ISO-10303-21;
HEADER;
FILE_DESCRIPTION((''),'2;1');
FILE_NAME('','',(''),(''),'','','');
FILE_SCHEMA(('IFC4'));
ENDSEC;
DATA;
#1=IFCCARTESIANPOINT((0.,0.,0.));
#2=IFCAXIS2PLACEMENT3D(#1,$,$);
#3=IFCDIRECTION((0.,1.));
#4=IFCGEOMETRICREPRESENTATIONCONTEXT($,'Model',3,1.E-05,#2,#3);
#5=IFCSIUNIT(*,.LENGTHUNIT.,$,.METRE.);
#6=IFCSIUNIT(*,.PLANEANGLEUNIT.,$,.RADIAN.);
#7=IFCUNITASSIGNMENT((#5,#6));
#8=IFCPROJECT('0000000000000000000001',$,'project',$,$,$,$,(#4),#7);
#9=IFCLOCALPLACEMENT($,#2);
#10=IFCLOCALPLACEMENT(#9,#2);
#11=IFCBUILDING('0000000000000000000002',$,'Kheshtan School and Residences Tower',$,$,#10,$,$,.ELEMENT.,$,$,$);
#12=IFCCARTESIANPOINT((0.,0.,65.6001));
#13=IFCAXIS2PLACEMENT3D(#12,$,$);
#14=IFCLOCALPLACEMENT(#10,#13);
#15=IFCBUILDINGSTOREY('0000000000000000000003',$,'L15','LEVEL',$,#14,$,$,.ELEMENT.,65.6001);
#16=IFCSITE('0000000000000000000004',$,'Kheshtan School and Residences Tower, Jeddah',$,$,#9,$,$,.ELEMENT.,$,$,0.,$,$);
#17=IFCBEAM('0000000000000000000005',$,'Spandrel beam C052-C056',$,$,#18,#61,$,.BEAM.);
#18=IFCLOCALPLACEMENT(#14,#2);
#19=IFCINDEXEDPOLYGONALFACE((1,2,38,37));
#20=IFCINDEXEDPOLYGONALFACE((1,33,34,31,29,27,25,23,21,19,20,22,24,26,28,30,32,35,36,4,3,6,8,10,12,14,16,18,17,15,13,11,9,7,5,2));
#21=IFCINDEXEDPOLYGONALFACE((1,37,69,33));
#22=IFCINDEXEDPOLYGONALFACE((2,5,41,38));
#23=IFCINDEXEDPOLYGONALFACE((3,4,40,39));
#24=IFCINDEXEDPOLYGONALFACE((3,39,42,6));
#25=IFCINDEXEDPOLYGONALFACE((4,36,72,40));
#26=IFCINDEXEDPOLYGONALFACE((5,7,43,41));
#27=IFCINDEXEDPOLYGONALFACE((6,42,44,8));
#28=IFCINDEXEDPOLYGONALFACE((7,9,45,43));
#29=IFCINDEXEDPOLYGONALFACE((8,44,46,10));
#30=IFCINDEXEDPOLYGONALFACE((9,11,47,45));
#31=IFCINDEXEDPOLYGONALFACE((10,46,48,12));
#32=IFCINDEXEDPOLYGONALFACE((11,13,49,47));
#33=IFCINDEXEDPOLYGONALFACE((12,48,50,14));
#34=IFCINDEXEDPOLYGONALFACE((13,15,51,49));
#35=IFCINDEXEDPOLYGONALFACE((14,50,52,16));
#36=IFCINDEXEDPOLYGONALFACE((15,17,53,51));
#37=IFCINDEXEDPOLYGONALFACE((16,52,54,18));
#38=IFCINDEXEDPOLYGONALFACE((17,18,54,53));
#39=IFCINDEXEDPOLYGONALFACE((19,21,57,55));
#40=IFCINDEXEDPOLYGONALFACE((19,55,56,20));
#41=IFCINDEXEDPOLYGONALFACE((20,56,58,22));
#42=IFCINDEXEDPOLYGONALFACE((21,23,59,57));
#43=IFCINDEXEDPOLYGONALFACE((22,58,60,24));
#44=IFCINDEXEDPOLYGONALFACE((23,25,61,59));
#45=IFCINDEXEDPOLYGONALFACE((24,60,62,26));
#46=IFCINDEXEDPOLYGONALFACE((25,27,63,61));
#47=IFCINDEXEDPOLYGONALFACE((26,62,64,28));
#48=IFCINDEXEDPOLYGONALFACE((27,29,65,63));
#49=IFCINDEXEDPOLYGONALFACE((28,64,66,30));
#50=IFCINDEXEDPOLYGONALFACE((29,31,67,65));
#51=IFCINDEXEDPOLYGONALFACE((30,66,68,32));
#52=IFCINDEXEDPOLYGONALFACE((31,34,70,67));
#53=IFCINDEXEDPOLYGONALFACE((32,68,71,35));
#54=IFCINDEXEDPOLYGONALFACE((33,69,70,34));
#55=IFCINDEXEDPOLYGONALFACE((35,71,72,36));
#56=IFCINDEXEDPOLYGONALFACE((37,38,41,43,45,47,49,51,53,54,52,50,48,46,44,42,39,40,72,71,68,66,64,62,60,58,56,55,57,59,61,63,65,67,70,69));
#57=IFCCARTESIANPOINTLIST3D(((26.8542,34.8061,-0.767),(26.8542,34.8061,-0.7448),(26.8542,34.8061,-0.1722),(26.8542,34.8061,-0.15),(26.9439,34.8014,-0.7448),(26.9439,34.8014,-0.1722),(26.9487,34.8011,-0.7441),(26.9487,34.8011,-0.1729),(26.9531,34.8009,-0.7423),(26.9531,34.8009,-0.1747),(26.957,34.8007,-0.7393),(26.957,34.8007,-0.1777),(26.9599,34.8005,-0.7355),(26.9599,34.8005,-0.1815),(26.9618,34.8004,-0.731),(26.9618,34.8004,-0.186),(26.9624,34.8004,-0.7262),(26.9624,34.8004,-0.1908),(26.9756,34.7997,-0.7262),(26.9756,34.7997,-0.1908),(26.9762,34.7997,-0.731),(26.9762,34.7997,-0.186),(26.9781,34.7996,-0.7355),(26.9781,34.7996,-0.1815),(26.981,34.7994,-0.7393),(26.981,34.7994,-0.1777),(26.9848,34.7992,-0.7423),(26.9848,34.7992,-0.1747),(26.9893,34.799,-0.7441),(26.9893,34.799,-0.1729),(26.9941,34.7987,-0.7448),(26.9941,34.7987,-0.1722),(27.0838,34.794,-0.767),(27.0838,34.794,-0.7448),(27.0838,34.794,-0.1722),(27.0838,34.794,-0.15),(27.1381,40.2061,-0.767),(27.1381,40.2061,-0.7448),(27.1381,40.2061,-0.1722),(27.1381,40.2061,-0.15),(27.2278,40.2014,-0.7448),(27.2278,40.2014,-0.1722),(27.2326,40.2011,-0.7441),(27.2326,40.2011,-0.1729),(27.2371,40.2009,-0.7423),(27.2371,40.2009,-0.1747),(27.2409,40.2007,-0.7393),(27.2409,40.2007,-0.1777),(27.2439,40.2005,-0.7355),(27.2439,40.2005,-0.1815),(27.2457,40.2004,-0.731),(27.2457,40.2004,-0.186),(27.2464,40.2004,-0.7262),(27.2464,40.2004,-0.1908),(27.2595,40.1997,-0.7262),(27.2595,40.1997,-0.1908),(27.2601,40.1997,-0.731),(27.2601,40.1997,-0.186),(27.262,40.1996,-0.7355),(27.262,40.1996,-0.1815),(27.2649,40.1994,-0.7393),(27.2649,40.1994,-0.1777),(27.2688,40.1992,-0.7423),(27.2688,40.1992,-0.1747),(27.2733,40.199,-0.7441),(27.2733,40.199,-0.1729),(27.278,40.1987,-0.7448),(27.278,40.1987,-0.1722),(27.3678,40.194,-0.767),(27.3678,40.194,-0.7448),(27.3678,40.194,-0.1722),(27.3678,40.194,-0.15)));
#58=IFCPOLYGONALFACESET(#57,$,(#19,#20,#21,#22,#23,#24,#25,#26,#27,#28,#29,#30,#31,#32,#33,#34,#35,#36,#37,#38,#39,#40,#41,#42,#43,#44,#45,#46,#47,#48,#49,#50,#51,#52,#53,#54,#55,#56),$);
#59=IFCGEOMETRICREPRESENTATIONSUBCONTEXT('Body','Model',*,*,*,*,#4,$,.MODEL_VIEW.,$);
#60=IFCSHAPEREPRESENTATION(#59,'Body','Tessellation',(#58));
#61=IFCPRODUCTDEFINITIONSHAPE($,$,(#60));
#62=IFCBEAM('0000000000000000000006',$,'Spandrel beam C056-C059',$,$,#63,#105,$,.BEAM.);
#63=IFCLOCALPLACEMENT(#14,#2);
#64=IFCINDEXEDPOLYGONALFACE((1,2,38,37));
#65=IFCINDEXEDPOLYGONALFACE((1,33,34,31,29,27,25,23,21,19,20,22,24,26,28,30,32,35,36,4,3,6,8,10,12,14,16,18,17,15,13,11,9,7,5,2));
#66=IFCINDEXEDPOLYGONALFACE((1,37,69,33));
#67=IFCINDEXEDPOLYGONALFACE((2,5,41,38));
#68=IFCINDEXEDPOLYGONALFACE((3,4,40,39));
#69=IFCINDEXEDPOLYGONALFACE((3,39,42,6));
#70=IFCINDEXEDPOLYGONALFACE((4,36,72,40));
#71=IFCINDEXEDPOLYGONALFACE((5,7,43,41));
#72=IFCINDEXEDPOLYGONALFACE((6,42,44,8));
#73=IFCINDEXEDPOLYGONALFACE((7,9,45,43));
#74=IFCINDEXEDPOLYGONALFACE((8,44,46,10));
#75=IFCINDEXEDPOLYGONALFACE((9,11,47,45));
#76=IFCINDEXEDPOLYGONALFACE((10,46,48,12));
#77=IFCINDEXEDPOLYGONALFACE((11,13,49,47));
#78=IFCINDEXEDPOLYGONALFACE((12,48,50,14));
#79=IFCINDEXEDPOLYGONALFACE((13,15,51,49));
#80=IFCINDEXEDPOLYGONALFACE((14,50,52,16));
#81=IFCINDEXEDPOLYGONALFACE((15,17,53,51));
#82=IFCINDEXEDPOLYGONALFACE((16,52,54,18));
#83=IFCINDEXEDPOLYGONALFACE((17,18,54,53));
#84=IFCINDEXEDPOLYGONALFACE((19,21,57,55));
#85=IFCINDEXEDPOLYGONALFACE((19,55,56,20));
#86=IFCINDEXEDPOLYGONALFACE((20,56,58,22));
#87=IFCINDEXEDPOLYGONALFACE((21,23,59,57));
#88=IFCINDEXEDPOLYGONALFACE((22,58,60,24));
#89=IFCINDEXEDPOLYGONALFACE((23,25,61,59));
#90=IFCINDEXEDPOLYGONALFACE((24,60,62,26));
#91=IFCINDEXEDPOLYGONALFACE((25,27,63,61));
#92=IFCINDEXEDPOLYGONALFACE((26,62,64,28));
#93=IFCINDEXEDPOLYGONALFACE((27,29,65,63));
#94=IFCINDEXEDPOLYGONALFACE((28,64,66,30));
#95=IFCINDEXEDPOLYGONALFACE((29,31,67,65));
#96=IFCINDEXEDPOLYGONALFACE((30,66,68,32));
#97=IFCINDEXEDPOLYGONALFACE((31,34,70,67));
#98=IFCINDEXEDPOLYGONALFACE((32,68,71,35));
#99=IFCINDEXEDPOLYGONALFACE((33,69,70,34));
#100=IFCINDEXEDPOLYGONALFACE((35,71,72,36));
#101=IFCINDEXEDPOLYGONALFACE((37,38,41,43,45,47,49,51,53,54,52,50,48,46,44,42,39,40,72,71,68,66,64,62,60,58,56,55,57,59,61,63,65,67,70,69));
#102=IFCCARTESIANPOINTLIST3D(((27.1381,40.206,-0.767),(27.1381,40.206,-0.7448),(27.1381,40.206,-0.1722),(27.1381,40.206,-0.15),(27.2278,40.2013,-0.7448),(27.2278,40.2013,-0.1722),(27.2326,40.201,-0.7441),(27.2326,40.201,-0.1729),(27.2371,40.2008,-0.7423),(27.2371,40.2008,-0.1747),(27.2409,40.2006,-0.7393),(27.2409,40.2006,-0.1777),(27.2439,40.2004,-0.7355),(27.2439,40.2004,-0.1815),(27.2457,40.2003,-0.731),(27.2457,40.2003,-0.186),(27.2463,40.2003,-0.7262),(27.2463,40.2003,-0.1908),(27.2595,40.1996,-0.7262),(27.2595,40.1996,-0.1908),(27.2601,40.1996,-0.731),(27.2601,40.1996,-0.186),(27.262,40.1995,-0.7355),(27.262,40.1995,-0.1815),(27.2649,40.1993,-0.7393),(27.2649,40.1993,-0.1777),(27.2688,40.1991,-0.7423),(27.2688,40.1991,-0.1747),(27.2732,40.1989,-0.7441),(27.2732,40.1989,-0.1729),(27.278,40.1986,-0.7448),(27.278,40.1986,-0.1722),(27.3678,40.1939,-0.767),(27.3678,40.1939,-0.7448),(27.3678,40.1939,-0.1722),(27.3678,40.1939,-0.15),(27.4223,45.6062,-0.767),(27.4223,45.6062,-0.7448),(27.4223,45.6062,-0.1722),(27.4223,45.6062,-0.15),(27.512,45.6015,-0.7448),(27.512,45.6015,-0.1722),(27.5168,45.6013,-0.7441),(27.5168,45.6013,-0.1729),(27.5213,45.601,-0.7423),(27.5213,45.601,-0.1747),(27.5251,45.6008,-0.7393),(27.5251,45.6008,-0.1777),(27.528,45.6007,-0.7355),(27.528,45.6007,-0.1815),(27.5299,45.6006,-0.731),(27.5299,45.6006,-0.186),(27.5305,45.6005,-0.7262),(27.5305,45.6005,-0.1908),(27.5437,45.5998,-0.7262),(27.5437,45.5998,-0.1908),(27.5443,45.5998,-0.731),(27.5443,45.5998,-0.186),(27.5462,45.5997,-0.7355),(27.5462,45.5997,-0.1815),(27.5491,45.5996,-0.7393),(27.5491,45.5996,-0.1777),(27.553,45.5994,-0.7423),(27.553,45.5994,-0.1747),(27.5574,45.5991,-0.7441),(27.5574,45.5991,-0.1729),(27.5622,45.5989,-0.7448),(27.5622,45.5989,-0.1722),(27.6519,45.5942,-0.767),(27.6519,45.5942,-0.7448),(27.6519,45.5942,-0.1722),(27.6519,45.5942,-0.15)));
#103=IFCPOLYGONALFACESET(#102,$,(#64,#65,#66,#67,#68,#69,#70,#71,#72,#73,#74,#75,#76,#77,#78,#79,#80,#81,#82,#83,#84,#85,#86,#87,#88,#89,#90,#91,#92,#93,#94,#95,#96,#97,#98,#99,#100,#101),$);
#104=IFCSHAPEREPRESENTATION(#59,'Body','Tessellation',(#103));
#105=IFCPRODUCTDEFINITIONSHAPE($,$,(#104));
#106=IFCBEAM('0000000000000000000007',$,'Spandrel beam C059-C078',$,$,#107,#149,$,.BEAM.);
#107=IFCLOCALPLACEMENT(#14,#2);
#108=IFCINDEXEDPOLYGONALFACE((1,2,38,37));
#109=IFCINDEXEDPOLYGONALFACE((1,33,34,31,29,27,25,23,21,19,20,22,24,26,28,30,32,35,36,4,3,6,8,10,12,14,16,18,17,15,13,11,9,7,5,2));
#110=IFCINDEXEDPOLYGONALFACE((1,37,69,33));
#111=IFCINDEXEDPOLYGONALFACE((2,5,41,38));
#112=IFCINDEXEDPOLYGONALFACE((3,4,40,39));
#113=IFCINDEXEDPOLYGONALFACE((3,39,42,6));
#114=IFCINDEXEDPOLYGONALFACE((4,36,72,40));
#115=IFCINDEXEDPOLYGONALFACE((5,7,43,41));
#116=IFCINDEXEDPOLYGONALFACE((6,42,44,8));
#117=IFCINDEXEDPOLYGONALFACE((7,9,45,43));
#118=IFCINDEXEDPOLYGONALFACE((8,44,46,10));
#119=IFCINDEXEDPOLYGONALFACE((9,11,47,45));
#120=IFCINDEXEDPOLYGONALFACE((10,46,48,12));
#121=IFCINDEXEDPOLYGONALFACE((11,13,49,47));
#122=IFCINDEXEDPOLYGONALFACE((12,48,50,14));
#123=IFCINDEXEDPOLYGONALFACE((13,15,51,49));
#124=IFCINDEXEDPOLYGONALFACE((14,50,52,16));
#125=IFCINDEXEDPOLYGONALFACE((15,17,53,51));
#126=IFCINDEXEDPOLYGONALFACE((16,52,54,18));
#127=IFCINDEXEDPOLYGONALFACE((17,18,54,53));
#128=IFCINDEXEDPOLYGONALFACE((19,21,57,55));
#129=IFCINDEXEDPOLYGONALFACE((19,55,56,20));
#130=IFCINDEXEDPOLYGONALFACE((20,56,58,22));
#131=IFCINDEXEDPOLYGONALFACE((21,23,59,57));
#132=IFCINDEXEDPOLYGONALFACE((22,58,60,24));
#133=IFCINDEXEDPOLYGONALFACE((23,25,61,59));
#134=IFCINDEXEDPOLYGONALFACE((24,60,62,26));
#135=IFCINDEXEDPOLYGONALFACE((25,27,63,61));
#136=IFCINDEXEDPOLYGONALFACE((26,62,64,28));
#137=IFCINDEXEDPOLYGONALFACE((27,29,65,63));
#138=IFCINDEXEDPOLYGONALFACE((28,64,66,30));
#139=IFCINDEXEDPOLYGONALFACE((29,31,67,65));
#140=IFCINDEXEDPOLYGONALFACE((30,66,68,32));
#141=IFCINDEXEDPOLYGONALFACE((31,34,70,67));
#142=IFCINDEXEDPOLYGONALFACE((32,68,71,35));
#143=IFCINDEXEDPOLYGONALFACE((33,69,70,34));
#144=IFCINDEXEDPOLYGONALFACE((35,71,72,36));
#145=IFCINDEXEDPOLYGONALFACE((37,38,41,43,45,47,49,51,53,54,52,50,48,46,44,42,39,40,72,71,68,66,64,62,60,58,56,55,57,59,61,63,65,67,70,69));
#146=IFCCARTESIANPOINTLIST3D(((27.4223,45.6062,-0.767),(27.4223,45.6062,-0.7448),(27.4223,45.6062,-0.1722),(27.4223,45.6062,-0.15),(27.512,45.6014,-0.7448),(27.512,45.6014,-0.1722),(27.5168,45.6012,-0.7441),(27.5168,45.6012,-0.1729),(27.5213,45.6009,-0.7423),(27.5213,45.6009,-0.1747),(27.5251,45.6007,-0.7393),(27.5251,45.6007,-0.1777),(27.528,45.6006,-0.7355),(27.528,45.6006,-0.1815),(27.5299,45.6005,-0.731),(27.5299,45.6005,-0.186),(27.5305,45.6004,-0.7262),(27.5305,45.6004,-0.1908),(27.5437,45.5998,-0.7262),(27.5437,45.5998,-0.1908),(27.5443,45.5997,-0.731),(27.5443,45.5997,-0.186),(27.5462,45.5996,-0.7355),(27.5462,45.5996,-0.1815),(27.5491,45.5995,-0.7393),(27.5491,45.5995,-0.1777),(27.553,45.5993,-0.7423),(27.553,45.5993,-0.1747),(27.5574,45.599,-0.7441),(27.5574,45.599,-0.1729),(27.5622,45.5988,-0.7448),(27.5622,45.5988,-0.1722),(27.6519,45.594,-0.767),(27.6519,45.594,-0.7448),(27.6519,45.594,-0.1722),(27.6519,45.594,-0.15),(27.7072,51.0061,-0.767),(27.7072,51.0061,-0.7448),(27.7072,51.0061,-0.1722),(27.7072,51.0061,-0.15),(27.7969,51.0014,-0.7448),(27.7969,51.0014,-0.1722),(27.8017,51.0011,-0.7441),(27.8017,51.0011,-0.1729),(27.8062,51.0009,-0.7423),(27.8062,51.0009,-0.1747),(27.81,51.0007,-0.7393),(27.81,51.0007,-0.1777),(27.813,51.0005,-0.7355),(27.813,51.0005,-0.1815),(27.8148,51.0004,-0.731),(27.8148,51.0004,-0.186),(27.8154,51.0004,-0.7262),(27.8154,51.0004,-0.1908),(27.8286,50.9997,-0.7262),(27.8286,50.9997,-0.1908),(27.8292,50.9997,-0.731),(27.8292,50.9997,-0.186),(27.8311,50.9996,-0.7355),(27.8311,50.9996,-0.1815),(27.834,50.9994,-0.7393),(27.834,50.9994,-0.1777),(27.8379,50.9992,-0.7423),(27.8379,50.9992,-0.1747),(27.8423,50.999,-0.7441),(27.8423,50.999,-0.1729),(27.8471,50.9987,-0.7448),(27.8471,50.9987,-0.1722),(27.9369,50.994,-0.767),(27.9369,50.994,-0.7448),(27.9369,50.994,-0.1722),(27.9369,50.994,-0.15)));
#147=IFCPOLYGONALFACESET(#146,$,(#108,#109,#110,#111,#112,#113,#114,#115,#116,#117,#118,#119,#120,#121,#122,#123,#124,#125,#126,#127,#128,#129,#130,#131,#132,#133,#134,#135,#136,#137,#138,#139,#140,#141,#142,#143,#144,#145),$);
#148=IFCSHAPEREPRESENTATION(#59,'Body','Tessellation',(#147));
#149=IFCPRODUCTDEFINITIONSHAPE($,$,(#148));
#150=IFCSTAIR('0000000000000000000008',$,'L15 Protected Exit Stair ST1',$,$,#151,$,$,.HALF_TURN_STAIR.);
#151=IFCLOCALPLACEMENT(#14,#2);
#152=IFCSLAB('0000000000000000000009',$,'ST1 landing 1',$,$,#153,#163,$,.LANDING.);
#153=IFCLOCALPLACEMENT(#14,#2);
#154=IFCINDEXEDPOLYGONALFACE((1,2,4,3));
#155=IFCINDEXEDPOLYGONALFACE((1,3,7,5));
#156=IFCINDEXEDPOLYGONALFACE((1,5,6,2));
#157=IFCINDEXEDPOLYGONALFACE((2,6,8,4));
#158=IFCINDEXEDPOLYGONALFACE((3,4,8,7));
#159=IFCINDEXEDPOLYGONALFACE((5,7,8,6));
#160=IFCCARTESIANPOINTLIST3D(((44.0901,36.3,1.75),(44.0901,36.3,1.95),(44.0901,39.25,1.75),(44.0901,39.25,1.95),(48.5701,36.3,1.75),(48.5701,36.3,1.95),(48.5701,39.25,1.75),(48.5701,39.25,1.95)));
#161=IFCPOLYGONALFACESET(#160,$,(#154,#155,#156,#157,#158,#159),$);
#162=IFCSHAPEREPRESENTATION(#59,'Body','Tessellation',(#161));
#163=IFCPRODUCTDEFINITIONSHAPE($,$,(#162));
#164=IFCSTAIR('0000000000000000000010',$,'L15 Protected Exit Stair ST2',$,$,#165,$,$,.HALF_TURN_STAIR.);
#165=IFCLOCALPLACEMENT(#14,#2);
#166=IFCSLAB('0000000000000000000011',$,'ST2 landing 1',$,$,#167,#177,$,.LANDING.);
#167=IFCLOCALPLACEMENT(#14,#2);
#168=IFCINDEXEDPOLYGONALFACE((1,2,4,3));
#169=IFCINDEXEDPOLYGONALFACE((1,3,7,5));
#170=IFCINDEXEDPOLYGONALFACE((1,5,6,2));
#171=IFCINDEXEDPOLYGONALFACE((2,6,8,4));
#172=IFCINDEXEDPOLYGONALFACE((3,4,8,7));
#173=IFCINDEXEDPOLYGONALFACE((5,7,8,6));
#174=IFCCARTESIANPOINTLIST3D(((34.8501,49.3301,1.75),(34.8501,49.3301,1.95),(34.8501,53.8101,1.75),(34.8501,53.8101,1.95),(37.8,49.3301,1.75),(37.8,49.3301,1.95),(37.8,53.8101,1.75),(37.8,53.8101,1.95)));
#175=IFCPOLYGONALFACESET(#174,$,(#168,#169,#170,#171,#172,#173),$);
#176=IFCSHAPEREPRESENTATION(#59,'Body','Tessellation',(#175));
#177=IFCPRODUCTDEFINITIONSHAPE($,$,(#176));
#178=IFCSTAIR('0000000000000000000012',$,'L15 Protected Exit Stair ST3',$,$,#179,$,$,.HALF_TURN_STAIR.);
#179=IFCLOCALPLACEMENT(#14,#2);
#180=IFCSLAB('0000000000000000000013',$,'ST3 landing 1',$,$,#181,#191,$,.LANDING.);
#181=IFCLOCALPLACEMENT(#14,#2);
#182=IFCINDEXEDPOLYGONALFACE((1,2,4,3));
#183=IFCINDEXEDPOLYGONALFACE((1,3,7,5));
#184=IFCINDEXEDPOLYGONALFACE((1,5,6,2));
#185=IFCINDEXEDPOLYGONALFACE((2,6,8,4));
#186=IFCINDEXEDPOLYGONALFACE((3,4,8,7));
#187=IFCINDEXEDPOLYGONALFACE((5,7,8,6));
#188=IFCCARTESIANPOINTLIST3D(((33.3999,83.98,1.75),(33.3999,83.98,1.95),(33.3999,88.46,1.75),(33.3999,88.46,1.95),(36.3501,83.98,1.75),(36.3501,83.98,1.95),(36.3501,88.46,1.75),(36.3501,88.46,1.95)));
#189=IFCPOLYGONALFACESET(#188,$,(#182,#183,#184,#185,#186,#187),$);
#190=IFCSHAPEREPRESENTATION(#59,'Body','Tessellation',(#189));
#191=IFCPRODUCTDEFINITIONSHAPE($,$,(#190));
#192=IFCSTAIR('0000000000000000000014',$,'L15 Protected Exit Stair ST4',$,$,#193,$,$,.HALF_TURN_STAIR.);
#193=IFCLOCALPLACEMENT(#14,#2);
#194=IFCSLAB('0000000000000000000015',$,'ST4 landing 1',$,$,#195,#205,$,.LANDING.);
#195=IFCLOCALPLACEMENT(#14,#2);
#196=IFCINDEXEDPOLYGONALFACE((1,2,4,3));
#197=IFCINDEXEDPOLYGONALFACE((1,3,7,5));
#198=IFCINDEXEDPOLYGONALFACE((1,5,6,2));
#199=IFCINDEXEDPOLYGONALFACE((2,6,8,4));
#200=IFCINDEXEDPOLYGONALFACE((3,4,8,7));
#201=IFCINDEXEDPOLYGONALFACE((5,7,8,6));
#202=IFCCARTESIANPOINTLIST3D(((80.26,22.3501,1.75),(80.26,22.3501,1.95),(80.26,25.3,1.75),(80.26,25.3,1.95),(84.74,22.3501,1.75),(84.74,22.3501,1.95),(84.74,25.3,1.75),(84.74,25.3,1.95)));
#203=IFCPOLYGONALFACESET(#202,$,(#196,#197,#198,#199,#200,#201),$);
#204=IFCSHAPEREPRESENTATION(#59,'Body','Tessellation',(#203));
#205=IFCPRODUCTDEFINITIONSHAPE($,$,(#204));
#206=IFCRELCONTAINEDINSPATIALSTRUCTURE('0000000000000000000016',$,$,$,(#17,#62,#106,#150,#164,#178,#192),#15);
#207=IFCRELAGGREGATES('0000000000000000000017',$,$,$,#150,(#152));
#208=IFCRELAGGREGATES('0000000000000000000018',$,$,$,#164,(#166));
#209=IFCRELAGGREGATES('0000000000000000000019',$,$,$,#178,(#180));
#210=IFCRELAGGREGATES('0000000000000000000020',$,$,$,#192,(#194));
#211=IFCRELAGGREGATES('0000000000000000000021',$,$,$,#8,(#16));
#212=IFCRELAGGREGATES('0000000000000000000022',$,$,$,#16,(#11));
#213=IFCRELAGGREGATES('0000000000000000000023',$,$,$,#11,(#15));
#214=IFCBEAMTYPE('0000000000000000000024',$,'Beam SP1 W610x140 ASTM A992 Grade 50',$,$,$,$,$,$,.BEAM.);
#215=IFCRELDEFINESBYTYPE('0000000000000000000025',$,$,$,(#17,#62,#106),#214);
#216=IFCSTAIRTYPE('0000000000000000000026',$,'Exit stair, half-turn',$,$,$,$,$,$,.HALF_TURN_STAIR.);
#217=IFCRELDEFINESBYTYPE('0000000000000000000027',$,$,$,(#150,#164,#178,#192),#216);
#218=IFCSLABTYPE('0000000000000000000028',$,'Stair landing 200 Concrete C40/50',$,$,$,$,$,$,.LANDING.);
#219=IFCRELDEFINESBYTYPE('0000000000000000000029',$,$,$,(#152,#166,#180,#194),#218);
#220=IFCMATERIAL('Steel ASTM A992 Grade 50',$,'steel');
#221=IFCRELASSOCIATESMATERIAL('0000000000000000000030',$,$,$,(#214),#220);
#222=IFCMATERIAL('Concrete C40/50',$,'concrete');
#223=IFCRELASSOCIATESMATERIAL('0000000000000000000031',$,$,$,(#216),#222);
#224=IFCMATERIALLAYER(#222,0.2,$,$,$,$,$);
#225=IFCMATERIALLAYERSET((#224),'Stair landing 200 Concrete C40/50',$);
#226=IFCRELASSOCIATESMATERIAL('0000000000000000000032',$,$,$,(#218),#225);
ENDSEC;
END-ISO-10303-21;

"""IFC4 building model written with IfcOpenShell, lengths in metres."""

from ifc_helpers import new_model, si_unit, direction, frame, origin, origin_2d, place, context, subcontext, project, spatial, polyline, i_section, outline, extrude, material, layer, layer_set, material_profile, profile_set, type_object, element, aggregate, save


model = new_model("IFC4")

# Units and contexts
model_context = context("Model", 3, precision=1e-05, world=origin(), true_north=direction((0.0, 1.0)))
body_context = subcontext(model_context, "Body", "Model", "MODEL_VIEW")
ifc_project = project(units=[si_unit("LENGTHUNIT", "METRE"), si_unit("PLANEANGLEUNIT", "RADIAN")], contexts=[model_context])

# Site, building, storey
site_placement = place(None, origin())
site = spatial("IfcSite", under=ifc_project, at=site_placement, Name="Kheshtan School and Residences Tower, Jeddah", CompositionType="ELEMENT", RefElevation=0.0)
building_placement = place(site_placement, origin())
building = spatial("IfcBuilding", under=site, at=building_placement, Name="Kheshtan School and Residences Tower", CompositionType="ELEMENT")
storey_placement = place(building_placement, frame((0.0, 0.0, 65.6001)))
storey = spatial("IfcBuildingStorey", under=building, at=storey_placement, Name="L15", Description="LEVEL", CompositionType="ELEMENT", Elevation=65.6001)

# Shared definitions
ifc_material_1 = material(Name="Steel ASTM A992 Grade 50", Category="steel")

# Beams
ifc_material_profile_1 = material_profile(ifc_material_1, i_section(OverallWidth=0.23, OverallDepth=0.6169, WebThickness=0.0132, FlangeThickness=0.0222, FilletRadius=0.0186, at=origin_2d()), Name="W610x140")
ifc_profile_set_1 = profile_set([ifc_material_profile_1], Name="Steel ASTM A992 Grade 50")
beam_type_1 = type_object("IfcBeamType", Name="Beam SP1 W610x140 ASTM A992 Grade 50", PredefinedType="BEAM", material=ifc_profile_set_1)
beam_1_placement = place(storey_placement, frame((26.969, 34.8, -0.4585), z_axis=(0.052509, 0.99862, 0.0), x_axis=(-0.99862, 0.052509, 0.0)))
element("IfcBeam", 1, at=beam_1_placement, inside=storey, type_object=beam_type_1, Name="Spandrel beam C052-C056", PredefinedType="BEAM", context=body_context, shape_type="SweptSolid", body=[
    extrude(i_section(OverallWidth=0.23, OverallDepth=0.6169, WebThickness=0.0132, FlangeThickness=0.0222, FilletRadius=0.0186, at=origin_2d()), origin(), (0.0, 0.0, 1.0), 5.4075),
])
beam_2_placement = place(storey_placement, frame((27.2529, 40.2, -0.4585), z_axis=(0.052552, 0.998618, 0.0), x_axis=(-0.998618, 0.052552, 0.0)))
element("IfcBeam", 2, at=beam_2_placement, inside=storey, type_object=beam_type_1, Name="Spandrel beam C056-C059", PredefinedType="BEAM", context=body_context, shape_type="SweptSolid", body=[
    extrude(i_section(OverallWidth=0.23, OverallDepth=0.6169, WebThickness=0.0132, FlangeThickness=0.0222, FilletRadius=0.0186, at=origin_2d()), origin(), (0.0, 0.0, 1.0), 5.4077),
])
beam_3_placement = place(storey_placement, frame((27.5371, 45.6001, -0.4585), z_axis=(0.052689, 0.998611, 0.0), x_axis=(-0.998611, 0.052689, 0.0)))
element("IfcBeam", 3, at=beam_3_placement, inside=storey, type_object=beam_type_1, Name="Spandrel beam C059-C078", PredefinedType="BEAM", context=body_context, shape_type="SweptSolid", body=[
    extrude(i_section(OverallWidth=0.23, OverallDepth=0.6169, WebThickness=0.0132, FlangeThickness=0.0222, FilletRadius=0.0186, at=origin_2d()), origin(), (0.0, 0.0, 1.0), 5.4075),
])

# Shared definitions
ifc_material_2 = material(Name="Concrete C40/50", Category="concrete")

# Stairs, slabs
stair_type = type_object("IfcStairType", Name="Exit stair, half-turn", PredefinedType="HALF_TURN_STAIR", material=ifc_material_2)
stair_1_placement = place(storey_placement, origin())
stair_1 = element("IfcStair", 4, at=stair_1_placement, inside=storey, type_object=stair_type, Name="L15 Protected Exit Stair ST1", PredefinedType="HALF_TURN_STAIR")
ifc_layer_1 = layer(ifc_material_2, 0.2)
ifc_layer_set_1 = layer_set([ifc_layer_1], Name="Stair landing 200 Concrete C40/50")
slab_type_1 = type_object("IfcSlabType", Name="Stair landing 200 Concrete C40/50", PredefinedType="LANDING", material=ifc_layer_set_1)
slab_1_placement = place(storey_placement, frame((0.0, 0.0, 1.75)))
slab_1 = element("IfcSlab", 5, at=slab_1_placement, type_object=slab_type_1, Name="ST1 landing 1", PredefinedType="LANDING", context=body_context, shape_type="SweptSolid", body=[
    extrude(outline(polyline([(48.5701, 39.25), (44.0901, 39.25), (44.0901, 36.3), (48.5701, 36.3), (48.5701, 39.25)])), origin(), (0.0, 0.0, 1.0), 0.2),
])
aggregate(stair_1, [slab_1])
stair_2_placement = place(storey_placement, origin())
stair_2 = element("IfcStair", 6, at=stair_2_placement, inside=storey, type_object=stair_type, Name="L15 Protected Exit Stair ST2", PredefinedType="HALF_TURN_STAIR")
slab_2_placement = place(storey_placement, frame((0.0, 0.0, 1.75)))
slab_2 = element("IfcSlab", 7, at=slab_2_placement, type_object=slab_type_1, Name="ST2 landing 1", PredefinedType="LANDING", context=body_context, shape_type="SweptSolid", body=[
    extrude(outline(polyline([(37.8, 49.3301), (37.8, 53.8101), (34.8501, 53.8101), (34.8501, 49.3301), (37.8, 49.3301)])), origin(), (0.0, 0.0, 1.0), 0.2),
])
aggregate(stair_2, [slab_2])
stair_3_placement = place(storey_placement, origin())
stair_3 = element("IfcStair", 8, at=stair_3_placement, inside=storey, type_object=stair_type, Name="L15 Protected Exit Stair ST3", PredefinedType="HALF_TURN_STAIR")
slab_3_placement = place(storey_placement, frame((0.0, 0.0, 1.75)))
slab_3 = element("IfcSlab", 9, at=slab_3_placement, type_object=slab_type_1, Name="ST3 landing 1", PredefinedType="LANDING", context=body_context, shape_type="SweptSolid", body=[
    extrude(outline(polyline([(36.3501, 83.98), (36.3501, 88.46), (33.3999, 88.46), (33.3999, 83.98), (36.3501, 83.98)])), origin(), (0.0, 0.0, 1.0), 0.2),
])
aggregate(stair_3, [slab_3])
stair_4_placement = place(storey_placement, origin())
stair_4 = element("IfcStair", 10, at=stair_4_placement, inside=storey, type_object=stair_type, Name="L15 Protected Exit Stair ST4", PredefinedType="HALF_TURN_STAIR")
slab_4_placement = place(storey_placement, frame((0.0, 0.0, 1.75)))
slab_4 = element("IfcSlab", 11, at=slab_4_placement, type_object=slab_type_1, Name="ST4 landing 1", PredefinedType="LANDING", context=body_context, shape_type="SweptSolid", body=[
    extrude(outline(polyline([(84.74, 25.3), (80.26, 25.3), (80.26, 22.3501), (84.74, 22.3501), (84.74, 25.3)])), origin(), (0.0, 0.0, 1.0), 0.2),
])
aggregate(stair_4, [slab_4])

save(model, "model.ifc")
